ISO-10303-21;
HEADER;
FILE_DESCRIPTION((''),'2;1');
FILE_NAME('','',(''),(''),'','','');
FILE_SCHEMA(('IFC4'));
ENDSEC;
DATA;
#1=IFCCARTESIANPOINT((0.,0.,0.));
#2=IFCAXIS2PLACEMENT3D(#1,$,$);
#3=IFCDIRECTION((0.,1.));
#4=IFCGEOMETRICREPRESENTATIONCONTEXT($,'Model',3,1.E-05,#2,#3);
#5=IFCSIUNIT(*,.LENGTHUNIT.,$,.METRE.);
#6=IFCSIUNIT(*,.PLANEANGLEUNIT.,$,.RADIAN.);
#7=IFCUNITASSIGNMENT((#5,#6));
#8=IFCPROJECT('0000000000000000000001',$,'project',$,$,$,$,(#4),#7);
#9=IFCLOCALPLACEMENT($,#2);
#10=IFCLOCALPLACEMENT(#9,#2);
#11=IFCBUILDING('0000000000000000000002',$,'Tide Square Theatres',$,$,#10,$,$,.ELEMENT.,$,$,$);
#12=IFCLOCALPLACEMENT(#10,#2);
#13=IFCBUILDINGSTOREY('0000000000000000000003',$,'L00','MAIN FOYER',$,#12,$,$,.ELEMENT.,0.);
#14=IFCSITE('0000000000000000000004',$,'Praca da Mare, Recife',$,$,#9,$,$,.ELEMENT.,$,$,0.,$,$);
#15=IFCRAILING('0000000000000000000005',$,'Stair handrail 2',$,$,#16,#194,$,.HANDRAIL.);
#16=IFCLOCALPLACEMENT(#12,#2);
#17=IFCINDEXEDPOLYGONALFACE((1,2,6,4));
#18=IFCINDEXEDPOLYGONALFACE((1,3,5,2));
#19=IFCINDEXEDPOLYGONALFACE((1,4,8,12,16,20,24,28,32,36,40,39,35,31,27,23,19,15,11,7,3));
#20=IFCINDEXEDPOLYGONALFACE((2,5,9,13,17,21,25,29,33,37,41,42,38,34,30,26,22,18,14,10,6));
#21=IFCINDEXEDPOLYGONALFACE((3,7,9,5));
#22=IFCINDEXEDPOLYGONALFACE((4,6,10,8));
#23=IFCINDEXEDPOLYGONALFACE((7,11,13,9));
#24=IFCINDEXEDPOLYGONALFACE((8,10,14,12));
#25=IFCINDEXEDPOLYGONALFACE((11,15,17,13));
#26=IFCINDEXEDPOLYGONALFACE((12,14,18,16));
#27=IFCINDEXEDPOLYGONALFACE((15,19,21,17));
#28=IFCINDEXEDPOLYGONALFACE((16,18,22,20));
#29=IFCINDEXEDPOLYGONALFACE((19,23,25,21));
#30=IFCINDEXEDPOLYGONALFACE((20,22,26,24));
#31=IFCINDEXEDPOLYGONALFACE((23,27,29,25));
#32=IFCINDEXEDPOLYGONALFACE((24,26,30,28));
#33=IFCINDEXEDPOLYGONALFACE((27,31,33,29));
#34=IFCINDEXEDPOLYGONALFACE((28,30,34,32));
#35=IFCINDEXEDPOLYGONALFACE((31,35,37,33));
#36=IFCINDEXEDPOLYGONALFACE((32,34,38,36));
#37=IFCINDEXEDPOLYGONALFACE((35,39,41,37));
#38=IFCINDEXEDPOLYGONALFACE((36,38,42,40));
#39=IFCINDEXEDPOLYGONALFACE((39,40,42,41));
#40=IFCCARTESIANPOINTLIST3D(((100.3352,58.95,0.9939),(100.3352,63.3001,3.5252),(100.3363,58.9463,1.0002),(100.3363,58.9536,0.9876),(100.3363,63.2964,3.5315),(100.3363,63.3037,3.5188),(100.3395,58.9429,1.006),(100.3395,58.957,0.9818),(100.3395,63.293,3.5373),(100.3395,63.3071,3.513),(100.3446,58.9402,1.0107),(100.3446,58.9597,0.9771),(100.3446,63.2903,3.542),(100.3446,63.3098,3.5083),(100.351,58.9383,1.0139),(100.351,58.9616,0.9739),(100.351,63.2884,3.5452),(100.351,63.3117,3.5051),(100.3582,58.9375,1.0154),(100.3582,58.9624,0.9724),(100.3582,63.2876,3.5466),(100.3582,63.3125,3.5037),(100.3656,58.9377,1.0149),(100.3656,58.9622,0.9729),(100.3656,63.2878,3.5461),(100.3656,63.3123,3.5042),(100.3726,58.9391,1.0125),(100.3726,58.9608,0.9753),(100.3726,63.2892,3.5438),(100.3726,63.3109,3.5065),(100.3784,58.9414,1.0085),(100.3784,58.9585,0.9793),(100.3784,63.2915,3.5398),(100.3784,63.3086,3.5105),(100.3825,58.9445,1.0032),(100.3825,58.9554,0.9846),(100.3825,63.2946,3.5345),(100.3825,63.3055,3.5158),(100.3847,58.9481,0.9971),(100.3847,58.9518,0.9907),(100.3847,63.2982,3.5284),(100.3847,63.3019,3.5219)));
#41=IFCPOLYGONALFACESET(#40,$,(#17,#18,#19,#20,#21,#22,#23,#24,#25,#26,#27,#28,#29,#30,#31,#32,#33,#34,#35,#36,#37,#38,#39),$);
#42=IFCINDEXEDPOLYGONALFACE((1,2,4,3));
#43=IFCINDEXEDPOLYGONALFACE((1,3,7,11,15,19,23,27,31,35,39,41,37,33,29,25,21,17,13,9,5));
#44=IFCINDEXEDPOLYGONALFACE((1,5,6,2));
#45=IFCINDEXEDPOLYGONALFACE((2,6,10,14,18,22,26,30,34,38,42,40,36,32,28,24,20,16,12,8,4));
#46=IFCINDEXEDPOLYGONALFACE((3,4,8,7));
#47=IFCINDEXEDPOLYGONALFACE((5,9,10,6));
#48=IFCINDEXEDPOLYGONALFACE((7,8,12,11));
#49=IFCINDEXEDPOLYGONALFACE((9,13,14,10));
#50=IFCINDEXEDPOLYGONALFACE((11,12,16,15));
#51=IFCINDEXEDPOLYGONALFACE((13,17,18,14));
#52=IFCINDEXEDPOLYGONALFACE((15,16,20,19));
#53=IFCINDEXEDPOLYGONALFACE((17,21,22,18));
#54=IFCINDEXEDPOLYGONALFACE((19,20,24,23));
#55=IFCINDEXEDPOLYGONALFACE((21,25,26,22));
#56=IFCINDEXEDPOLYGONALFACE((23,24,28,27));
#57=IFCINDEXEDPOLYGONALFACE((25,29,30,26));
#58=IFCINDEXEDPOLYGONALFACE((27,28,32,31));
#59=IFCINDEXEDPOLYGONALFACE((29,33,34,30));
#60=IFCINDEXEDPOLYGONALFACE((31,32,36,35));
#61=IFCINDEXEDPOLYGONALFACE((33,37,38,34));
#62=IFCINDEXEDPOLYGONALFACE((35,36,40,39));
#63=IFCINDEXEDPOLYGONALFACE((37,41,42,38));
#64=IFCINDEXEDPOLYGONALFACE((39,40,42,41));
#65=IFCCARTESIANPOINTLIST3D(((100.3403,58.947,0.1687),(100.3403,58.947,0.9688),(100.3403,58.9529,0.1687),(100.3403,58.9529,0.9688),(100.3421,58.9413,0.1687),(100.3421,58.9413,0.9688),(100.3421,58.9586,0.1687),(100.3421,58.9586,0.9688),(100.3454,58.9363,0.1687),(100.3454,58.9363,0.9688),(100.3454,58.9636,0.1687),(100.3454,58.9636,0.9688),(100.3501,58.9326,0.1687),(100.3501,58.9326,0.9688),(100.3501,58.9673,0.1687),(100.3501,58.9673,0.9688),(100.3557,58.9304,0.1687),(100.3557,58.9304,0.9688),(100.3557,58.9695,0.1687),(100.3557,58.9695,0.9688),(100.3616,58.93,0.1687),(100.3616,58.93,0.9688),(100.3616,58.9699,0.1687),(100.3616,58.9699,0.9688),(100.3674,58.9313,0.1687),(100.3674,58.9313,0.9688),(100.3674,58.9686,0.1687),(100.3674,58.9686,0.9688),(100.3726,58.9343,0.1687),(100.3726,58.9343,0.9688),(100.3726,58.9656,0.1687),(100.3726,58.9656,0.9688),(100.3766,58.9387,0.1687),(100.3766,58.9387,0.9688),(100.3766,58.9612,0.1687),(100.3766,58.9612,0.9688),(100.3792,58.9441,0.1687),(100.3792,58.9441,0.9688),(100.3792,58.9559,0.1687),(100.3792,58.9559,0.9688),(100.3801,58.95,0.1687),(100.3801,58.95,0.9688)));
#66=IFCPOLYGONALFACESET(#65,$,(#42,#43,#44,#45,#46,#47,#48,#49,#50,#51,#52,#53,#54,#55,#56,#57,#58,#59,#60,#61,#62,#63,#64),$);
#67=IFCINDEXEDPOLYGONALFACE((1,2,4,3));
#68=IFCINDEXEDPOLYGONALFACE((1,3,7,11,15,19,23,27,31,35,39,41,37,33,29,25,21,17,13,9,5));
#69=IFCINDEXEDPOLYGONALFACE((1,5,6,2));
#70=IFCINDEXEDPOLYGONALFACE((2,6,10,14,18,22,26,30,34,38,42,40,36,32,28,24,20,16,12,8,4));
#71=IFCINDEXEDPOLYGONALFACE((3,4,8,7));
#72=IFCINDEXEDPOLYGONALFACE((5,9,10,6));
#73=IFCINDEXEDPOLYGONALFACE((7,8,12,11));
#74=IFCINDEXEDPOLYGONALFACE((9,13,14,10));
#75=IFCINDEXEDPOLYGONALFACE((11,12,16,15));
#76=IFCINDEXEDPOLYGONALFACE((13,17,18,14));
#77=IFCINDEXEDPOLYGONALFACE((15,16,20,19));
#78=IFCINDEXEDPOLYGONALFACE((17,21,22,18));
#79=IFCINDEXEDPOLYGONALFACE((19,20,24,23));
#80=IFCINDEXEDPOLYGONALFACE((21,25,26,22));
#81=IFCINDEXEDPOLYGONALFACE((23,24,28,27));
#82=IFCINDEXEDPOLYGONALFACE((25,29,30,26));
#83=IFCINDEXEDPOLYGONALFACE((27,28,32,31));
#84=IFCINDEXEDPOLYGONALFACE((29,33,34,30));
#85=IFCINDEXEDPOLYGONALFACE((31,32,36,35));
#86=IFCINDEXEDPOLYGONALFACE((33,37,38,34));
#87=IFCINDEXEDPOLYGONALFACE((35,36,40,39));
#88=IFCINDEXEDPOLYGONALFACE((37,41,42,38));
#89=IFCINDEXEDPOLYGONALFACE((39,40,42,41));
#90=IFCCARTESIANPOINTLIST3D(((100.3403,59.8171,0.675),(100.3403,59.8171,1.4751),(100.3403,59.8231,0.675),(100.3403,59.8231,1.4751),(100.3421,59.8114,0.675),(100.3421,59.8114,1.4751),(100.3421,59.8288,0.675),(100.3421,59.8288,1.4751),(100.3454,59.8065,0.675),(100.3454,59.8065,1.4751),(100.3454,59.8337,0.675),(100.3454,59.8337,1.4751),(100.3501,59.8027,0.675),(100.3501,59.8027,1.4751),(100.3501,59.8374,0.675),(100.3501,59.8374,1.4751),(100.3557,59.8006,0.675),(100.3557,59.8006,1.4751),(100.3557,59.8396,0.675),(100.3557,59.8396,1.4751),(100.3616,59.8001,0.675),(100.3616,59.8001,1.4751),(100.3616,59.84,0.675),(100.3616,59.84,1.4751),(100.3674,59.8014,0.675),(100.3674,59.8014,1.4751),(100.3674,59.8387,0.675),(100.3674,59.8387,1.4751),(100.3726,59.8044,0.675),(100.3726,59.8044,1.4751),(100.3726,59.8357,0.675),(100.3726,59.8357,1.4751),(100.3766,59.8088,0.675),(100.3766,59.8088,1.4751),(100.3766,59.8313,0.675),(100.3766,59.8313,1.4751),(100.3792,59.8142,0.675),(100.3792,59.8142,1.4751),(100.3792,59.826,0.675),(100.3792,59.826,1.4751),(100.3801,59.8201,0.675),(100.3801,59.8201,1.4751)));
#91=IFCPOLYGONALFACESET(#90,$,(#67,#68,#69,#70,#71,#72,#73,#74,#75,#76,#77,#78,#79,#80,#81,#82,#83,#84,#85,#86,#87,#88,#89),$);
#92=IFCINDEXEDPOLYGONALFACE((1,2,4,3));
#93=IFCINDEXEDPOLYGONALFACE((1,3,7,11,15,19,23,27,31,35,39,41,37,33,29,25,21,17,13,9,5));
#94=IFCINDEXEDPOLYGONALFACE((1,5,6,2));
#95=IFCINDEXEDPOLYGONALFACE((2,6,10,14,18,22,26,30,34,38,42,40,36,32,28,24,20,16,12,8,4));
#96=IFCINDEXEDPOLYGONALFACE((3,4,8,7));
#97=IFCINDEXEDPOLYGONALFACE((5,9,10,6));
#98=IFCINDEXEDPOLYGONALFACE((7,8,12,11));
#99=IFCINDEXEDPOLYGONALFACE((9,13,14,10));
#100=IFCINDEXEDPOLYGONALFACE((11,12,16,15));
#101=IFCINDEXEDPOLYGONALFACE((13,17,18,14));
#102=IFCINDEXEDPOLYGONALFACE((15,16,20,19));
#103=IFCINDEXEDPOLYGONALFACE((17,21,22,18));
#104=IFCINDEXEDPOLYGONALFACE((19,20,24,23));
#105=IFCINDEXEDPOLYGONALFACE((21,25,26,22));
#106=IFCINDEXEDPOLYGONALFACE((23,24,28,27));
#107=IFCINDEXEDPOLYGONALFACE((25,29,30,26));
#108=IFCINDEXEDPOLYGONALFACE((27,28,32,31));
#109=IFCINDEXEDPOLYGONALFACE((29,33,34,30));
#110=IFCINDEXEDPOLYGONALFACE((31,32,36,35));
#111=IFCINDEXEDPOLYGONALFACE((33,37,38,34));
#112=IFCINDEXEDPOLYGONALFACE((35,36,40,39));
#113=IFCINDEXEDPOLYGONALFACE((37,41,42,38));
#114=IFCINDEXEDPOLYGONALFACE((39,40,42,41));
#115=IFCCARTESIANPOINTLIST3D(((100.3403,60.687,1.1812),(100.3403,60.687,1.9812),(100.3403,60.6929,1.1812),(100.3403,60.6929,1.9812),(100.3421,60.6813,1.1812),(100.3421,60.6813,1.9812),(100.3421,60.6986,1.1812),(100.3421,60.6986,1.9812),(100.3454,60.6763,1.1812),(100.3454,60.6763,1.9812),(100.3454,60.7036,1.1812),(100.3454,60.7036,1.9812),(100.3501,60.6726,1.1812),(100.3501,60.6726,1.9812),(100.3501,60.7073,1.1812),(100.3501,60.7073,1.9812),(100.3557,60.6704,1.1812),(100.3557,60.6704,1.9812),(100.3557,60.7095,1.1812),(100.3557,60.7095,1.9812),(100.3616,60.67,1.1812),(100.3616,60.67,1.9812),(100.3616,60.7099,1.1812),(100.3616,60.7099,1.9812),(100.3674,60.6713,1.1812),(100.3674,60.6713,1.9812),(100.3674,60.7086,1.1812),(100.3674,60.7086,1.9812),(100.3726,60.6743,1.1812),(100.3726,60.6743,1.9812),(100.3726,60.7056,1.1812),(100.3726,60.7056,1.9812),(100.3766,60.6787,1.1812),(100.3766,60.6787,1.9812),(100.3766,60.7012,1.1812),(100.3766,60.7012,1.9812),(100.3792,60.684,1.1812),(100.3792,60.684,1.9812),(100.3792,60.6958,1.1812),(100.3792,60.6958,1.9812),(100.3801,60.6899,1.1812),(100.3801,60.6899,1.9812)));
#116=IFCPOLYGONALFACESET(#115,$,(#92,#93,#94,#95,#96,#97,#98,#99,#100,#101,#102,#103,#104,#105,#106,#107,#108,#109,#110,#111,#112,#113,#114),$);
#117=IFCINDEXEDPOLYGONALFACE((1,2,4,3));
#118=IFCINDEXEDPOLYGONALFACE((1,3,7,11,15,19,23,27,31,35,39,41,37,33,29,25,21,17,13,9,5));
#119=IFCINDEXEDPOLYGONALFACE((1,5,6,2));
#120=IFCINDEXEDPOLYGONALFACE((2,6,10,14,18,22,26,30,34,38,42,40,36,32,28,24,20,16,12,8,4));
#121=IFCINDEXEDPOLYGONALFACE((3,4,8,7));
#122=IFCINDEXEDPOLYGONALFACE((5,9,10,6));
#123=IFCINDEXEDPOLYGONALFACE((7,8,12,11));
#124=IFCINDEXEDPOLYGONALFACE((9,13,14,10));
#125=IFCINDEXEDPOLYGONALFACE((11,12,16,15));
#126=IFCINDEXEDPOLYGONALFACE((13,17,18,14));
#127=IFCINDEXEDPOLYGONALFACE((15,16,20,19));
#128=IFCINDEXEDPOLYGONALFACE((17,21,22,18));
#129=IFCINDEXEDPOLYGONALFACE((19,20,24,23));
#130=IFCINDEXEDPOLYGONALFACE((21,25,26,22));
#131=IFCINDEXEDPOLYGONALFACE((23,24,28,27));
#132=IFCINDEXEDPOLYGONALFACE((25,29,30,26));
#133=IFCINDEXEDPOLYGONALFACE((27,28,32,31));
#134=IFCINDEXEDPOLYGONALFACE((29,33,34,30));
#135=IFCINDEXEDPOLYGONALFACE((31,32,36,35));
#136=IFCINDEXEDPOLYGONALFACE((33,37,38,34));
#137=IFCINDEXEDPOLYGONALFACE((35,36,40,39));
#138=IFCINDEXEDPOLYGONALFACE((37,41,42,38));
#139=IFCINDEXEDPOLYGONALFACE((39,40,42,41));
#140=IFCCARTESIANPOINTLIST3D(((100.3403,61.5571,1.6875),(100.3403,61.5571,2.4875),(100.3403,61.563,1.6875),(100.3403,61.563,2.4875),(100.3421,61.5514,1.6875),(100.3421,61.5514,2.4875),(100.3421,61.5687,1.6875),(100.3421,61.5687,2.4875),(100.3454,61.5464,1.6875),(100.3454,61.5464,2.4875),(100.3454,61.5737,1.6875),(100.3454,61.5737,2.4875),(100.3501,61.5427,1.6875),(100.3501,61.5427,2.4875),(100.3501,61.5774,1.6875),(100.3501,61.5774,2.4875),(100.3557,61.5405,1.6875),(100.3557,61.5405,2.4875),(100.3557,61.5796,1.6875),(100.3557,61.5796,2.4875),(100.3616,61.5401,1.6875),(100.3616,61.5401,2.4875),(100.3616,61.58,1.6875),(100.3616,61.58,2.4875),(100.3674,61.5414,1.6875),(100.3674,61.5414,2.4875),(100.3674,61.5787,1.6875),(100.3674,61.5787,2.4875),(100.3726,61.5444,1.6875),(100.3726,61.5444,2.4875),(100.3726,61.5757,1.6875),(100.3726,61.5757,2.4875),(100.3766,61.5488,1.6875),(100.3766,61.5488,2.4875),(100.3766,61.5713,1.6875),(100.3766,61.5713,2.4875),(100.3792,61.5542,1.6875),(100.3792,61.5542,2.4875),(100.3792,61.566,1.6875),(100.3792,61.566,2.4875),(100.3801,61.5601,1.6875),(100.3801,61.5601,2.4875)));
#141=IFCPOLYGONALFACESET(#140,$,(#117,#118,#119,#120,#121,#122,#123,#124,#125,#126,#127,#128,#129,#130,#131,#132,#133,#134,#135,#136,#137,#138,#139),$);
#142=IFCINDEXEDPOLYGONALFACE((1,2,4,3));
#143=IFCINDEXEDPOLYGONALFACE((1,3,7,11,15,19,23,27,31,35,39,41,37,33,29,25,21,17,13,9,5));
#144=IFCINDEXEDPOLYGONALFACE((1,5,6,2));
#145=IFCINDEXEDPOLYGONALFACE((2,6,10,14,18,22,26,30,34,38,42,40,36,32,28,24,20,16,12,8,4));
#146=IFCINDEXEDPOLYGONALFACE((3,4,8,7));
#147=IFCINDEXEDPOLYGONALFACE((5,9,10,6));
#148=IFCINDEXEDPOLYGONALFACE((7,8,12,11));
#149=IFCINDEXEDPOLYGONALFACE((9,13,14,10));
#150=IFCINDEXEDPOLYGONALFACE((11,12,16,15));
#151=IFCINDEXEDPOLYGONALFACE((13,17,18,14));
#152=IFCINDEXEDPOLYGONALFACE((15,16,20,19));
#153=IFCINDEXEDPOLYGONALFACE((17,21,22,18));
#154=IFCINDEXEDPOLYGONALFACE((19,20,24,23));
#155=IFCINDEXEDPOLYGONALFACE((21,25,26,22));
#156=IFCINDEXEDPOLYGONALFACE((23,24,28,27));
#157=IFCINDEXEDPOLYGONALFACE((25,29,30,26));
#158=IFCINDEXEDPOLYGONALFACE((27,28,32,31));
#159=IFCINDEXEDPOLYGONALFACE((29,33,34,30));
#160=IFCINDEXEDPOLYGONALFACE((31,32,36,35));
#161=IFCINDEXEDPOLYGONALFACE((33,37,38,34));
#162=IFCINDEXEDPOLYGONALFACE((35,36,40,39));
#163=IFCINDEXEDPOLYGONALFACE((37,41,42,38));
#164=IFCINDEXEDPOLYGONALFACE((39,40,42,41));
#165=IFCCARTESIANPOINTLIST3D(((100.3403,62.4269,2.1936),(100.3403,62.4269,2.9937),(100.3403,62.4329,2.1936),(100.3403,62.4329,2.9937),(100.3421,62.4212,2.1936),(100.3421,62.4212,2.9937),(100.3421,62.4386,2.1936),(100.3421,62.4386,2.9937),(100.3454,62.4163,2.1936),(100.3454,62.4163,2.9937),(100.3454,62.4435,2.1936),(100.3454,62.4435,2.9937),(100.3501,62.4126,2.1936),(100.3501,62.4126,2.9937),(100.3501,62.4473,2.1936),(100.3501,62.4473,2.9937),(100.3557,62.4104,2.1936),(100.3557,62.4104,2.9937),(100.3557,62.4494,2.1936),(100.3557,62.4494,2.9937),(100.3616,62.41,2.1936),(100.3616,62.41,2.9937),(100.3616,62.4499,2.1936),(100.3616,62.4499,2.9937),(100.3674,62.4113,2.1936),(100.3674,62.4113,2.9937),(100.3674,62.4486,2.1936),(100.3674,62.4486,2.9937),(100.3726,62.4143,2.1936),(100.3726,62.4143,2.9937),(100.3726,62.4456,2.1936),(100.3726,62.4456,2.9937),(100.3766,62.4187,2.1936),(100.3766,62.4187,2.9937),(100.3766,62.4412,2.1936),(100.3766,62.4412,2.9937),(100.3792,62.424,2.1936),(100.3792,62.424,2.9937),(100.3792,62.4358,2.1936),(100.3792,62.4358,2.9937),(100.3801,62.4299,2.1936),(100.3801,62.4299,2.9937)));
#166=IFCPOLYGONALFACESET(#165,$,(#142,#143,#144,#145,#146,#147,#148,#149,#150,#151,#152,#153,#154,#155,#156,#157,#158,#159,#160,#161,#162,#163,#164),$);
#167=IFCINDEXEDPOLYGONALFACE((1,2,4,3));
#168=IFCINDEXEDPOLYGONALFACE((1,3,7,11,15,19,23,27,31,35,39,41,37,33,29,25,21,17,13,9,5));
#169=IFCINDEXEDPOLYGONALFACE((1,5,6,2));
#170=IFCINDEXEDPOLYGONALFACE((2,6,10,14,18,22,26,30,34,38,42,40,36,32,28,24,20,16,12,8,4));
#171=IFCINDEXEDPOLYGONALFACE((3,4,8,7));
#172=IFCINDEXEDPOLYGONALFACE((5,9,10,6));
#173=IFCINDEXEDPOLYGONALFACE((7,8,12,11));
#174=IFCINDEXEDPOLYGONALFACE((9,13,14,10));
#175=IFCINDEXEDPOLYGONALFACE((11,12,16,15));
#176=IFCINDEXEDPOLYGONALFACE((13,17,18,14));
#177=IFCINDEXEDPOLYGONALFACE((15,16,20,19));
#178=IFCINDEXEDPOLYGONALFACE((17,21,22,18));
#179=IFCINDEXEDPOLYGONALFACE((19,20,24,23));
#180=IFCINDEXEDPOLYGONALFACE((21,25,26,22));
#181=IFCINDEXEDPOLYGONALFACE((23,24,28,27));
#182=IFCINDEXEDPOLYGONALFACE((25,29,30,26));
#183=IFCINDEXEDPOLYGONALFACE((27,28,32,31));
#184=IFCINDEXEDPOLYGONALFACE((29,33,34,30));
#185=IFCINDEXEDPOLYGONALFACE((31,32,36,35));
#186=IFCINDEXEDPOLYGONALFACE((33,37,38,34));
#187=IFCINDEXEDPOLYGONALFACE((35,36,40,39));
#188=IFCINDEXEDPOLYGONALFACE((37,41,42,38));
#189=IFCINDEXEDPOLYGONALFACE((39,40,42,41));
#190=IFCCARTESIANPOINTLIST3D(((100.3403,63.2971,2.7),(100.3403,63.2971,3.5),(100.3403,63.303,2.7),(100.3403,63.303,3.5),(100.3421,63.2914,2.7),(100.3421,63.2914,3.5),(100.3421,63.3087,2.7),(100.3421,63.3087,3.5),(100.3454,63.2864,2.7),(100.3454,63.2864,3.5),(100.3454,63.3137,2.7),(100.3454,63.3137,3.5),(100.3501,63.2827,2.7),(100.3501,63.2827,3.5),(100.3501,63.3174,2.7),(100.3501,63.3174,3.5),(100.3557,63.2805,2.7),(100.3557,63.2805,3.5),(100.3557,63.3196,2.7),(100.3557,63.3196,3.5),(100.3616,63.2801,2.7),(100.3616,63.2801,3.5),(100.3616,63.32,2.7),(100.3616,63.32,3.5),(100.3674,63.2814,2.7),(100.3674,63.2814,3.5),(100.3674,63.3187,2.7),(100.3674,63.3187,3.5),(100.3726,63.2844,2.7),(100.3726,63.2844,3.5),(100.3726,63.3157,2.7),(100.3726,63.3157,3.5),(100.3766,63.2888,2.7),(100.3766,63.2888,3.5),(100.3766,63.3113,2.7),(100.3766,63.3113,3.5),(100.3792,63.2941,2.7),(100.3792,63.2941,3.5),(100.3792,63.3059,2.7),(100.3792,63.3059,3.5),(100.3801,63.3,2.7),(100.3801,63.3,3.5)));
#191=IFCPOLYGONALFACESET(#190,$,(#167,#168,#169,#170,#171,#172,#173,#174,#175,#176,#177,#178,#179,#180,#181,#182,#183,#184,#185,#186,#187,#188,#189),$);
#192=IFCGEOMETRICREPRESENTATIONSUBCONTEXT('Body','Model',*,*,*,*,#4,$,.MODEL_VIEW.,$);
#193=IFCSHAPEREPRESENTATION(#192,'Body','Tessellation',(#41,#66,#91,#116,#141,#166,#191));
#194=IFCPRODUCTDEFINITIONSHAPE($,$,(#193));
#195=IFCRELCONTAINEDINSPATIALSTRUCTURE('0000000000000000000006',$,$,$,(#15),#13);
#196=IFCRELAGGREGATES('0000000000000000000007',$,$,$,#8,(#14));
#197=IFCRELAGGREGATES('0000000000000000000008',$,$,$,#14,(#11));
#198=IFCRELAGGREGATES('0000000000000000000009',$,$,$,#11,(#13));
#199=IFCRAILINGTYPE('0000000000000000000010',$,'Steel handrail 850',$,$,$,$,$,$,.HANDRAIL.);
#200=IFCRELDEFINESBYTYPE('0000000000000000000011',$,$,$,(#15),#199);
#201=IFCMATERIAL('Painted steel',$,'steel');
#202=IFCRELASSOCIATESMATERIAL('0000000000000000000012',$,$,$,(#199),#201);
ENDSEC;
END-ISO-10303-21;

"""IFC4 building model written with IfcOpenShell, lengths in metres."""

from ifc_helpers import new_model, si_unit, direction, frame, origin, origin_2d, place, context, subcontext, project, spatial, circle, extrude, material, type_object, element, save


model = new_model("IFC4")

# Units and contexts
model_context = context("Model", 3, precision=1e-05, world=origin(), true_north=direction((0.0, 1.0)))
body_context = subcontext(model_context, "Body", "Model", "MODEL_VIEW")
ifc_project = project(units=[si_unit("LENGTHUNIT", "METRE"), si_unit("PLANEANGLEUNIT", "RADIAN")], contexts=[model_context])

# Site, building, storey
site_placement = place(None, origin())
site = spatial("IfcSite", under=ifc_project, at=site_placement, Name="Praca da Mare, Recife", CompositionType="ELEMENT", RefElevation=0.0)
building_placement = place(site_placement, origin())
building = spatial("IfcBuilding", under=site, at=building_placement, Name="Tide Square Theatres", CompositionType="ELEMENT")
storey_placement = place(building_placement, origin())
storey = spatial("IfcBuildingStorey", under=building, at=storey_placement, Name="L00", Description="MAIN FOYER", CompositionType="ELEMENT", Elevation=0.0)

# Railing
ifc_material_1 = material(Name="Painted steel", Category="steel")
railing_type = type_object("IfcRailingType", Name="Steel handrail 850", PredefinedType="HANDRAIL", material=ifc_material_1)
for number, where, name in (
    (1, (100.3601, 58.95, 0.1687), "Stair handrail 2"),
):
    element("IfcRailing", number, at=place(storey_placement, frame(where)), inside=storey, type_object=railing_type, Name=name, PredefinedType="HANDRAIL", context=body_context, shape_type="SweptSolid", body=[
        extrude(circle(Radius=0.0249, at=origin_2d()), frame((0.0, 0.0, 0.8252), z_axis=(0.0, 0.864324, 0.502936), x_axis=(-1.0, 0.0, 0.0)), (0.0, 0.0, 1.0), 5.033),
        extrude(circle(Radius=0.02, at=origin_2d()), origin(), (0.0, 0.0, 1.0), 0.8),
        extrude(circle(Radius=0.02, at=origin_2d()), frame((0.0, 0.8701, 0.5063)), (0.0, 0.0, 1.0), 0.8),
        extrude(circle(Radius=0.02, at=origin_2d()), frame((0.0, 1.74, 1.0125)), (0.0, 0.0, 1.0), 0.8),
        extrude(circle(Radius=0.02, at=origin_2d()), frame((0.0, 2.6101, 1.5188)), (0.0, 0.0, 1.0), 0.8),
        extrude(circle(Radius=0.02, at=origin_2d()), frame((0.0, 3.48, 2.0249)), (0.0, 0.0, 1.0), 0.8),
        extrude(circle(Radius=0.02, at=origin_2d()), frame((0.0, 4.3501, 2.5312)), (0.0, 0.0, 1.0), 0.8),
    ])

save(model, "model.ifc")
